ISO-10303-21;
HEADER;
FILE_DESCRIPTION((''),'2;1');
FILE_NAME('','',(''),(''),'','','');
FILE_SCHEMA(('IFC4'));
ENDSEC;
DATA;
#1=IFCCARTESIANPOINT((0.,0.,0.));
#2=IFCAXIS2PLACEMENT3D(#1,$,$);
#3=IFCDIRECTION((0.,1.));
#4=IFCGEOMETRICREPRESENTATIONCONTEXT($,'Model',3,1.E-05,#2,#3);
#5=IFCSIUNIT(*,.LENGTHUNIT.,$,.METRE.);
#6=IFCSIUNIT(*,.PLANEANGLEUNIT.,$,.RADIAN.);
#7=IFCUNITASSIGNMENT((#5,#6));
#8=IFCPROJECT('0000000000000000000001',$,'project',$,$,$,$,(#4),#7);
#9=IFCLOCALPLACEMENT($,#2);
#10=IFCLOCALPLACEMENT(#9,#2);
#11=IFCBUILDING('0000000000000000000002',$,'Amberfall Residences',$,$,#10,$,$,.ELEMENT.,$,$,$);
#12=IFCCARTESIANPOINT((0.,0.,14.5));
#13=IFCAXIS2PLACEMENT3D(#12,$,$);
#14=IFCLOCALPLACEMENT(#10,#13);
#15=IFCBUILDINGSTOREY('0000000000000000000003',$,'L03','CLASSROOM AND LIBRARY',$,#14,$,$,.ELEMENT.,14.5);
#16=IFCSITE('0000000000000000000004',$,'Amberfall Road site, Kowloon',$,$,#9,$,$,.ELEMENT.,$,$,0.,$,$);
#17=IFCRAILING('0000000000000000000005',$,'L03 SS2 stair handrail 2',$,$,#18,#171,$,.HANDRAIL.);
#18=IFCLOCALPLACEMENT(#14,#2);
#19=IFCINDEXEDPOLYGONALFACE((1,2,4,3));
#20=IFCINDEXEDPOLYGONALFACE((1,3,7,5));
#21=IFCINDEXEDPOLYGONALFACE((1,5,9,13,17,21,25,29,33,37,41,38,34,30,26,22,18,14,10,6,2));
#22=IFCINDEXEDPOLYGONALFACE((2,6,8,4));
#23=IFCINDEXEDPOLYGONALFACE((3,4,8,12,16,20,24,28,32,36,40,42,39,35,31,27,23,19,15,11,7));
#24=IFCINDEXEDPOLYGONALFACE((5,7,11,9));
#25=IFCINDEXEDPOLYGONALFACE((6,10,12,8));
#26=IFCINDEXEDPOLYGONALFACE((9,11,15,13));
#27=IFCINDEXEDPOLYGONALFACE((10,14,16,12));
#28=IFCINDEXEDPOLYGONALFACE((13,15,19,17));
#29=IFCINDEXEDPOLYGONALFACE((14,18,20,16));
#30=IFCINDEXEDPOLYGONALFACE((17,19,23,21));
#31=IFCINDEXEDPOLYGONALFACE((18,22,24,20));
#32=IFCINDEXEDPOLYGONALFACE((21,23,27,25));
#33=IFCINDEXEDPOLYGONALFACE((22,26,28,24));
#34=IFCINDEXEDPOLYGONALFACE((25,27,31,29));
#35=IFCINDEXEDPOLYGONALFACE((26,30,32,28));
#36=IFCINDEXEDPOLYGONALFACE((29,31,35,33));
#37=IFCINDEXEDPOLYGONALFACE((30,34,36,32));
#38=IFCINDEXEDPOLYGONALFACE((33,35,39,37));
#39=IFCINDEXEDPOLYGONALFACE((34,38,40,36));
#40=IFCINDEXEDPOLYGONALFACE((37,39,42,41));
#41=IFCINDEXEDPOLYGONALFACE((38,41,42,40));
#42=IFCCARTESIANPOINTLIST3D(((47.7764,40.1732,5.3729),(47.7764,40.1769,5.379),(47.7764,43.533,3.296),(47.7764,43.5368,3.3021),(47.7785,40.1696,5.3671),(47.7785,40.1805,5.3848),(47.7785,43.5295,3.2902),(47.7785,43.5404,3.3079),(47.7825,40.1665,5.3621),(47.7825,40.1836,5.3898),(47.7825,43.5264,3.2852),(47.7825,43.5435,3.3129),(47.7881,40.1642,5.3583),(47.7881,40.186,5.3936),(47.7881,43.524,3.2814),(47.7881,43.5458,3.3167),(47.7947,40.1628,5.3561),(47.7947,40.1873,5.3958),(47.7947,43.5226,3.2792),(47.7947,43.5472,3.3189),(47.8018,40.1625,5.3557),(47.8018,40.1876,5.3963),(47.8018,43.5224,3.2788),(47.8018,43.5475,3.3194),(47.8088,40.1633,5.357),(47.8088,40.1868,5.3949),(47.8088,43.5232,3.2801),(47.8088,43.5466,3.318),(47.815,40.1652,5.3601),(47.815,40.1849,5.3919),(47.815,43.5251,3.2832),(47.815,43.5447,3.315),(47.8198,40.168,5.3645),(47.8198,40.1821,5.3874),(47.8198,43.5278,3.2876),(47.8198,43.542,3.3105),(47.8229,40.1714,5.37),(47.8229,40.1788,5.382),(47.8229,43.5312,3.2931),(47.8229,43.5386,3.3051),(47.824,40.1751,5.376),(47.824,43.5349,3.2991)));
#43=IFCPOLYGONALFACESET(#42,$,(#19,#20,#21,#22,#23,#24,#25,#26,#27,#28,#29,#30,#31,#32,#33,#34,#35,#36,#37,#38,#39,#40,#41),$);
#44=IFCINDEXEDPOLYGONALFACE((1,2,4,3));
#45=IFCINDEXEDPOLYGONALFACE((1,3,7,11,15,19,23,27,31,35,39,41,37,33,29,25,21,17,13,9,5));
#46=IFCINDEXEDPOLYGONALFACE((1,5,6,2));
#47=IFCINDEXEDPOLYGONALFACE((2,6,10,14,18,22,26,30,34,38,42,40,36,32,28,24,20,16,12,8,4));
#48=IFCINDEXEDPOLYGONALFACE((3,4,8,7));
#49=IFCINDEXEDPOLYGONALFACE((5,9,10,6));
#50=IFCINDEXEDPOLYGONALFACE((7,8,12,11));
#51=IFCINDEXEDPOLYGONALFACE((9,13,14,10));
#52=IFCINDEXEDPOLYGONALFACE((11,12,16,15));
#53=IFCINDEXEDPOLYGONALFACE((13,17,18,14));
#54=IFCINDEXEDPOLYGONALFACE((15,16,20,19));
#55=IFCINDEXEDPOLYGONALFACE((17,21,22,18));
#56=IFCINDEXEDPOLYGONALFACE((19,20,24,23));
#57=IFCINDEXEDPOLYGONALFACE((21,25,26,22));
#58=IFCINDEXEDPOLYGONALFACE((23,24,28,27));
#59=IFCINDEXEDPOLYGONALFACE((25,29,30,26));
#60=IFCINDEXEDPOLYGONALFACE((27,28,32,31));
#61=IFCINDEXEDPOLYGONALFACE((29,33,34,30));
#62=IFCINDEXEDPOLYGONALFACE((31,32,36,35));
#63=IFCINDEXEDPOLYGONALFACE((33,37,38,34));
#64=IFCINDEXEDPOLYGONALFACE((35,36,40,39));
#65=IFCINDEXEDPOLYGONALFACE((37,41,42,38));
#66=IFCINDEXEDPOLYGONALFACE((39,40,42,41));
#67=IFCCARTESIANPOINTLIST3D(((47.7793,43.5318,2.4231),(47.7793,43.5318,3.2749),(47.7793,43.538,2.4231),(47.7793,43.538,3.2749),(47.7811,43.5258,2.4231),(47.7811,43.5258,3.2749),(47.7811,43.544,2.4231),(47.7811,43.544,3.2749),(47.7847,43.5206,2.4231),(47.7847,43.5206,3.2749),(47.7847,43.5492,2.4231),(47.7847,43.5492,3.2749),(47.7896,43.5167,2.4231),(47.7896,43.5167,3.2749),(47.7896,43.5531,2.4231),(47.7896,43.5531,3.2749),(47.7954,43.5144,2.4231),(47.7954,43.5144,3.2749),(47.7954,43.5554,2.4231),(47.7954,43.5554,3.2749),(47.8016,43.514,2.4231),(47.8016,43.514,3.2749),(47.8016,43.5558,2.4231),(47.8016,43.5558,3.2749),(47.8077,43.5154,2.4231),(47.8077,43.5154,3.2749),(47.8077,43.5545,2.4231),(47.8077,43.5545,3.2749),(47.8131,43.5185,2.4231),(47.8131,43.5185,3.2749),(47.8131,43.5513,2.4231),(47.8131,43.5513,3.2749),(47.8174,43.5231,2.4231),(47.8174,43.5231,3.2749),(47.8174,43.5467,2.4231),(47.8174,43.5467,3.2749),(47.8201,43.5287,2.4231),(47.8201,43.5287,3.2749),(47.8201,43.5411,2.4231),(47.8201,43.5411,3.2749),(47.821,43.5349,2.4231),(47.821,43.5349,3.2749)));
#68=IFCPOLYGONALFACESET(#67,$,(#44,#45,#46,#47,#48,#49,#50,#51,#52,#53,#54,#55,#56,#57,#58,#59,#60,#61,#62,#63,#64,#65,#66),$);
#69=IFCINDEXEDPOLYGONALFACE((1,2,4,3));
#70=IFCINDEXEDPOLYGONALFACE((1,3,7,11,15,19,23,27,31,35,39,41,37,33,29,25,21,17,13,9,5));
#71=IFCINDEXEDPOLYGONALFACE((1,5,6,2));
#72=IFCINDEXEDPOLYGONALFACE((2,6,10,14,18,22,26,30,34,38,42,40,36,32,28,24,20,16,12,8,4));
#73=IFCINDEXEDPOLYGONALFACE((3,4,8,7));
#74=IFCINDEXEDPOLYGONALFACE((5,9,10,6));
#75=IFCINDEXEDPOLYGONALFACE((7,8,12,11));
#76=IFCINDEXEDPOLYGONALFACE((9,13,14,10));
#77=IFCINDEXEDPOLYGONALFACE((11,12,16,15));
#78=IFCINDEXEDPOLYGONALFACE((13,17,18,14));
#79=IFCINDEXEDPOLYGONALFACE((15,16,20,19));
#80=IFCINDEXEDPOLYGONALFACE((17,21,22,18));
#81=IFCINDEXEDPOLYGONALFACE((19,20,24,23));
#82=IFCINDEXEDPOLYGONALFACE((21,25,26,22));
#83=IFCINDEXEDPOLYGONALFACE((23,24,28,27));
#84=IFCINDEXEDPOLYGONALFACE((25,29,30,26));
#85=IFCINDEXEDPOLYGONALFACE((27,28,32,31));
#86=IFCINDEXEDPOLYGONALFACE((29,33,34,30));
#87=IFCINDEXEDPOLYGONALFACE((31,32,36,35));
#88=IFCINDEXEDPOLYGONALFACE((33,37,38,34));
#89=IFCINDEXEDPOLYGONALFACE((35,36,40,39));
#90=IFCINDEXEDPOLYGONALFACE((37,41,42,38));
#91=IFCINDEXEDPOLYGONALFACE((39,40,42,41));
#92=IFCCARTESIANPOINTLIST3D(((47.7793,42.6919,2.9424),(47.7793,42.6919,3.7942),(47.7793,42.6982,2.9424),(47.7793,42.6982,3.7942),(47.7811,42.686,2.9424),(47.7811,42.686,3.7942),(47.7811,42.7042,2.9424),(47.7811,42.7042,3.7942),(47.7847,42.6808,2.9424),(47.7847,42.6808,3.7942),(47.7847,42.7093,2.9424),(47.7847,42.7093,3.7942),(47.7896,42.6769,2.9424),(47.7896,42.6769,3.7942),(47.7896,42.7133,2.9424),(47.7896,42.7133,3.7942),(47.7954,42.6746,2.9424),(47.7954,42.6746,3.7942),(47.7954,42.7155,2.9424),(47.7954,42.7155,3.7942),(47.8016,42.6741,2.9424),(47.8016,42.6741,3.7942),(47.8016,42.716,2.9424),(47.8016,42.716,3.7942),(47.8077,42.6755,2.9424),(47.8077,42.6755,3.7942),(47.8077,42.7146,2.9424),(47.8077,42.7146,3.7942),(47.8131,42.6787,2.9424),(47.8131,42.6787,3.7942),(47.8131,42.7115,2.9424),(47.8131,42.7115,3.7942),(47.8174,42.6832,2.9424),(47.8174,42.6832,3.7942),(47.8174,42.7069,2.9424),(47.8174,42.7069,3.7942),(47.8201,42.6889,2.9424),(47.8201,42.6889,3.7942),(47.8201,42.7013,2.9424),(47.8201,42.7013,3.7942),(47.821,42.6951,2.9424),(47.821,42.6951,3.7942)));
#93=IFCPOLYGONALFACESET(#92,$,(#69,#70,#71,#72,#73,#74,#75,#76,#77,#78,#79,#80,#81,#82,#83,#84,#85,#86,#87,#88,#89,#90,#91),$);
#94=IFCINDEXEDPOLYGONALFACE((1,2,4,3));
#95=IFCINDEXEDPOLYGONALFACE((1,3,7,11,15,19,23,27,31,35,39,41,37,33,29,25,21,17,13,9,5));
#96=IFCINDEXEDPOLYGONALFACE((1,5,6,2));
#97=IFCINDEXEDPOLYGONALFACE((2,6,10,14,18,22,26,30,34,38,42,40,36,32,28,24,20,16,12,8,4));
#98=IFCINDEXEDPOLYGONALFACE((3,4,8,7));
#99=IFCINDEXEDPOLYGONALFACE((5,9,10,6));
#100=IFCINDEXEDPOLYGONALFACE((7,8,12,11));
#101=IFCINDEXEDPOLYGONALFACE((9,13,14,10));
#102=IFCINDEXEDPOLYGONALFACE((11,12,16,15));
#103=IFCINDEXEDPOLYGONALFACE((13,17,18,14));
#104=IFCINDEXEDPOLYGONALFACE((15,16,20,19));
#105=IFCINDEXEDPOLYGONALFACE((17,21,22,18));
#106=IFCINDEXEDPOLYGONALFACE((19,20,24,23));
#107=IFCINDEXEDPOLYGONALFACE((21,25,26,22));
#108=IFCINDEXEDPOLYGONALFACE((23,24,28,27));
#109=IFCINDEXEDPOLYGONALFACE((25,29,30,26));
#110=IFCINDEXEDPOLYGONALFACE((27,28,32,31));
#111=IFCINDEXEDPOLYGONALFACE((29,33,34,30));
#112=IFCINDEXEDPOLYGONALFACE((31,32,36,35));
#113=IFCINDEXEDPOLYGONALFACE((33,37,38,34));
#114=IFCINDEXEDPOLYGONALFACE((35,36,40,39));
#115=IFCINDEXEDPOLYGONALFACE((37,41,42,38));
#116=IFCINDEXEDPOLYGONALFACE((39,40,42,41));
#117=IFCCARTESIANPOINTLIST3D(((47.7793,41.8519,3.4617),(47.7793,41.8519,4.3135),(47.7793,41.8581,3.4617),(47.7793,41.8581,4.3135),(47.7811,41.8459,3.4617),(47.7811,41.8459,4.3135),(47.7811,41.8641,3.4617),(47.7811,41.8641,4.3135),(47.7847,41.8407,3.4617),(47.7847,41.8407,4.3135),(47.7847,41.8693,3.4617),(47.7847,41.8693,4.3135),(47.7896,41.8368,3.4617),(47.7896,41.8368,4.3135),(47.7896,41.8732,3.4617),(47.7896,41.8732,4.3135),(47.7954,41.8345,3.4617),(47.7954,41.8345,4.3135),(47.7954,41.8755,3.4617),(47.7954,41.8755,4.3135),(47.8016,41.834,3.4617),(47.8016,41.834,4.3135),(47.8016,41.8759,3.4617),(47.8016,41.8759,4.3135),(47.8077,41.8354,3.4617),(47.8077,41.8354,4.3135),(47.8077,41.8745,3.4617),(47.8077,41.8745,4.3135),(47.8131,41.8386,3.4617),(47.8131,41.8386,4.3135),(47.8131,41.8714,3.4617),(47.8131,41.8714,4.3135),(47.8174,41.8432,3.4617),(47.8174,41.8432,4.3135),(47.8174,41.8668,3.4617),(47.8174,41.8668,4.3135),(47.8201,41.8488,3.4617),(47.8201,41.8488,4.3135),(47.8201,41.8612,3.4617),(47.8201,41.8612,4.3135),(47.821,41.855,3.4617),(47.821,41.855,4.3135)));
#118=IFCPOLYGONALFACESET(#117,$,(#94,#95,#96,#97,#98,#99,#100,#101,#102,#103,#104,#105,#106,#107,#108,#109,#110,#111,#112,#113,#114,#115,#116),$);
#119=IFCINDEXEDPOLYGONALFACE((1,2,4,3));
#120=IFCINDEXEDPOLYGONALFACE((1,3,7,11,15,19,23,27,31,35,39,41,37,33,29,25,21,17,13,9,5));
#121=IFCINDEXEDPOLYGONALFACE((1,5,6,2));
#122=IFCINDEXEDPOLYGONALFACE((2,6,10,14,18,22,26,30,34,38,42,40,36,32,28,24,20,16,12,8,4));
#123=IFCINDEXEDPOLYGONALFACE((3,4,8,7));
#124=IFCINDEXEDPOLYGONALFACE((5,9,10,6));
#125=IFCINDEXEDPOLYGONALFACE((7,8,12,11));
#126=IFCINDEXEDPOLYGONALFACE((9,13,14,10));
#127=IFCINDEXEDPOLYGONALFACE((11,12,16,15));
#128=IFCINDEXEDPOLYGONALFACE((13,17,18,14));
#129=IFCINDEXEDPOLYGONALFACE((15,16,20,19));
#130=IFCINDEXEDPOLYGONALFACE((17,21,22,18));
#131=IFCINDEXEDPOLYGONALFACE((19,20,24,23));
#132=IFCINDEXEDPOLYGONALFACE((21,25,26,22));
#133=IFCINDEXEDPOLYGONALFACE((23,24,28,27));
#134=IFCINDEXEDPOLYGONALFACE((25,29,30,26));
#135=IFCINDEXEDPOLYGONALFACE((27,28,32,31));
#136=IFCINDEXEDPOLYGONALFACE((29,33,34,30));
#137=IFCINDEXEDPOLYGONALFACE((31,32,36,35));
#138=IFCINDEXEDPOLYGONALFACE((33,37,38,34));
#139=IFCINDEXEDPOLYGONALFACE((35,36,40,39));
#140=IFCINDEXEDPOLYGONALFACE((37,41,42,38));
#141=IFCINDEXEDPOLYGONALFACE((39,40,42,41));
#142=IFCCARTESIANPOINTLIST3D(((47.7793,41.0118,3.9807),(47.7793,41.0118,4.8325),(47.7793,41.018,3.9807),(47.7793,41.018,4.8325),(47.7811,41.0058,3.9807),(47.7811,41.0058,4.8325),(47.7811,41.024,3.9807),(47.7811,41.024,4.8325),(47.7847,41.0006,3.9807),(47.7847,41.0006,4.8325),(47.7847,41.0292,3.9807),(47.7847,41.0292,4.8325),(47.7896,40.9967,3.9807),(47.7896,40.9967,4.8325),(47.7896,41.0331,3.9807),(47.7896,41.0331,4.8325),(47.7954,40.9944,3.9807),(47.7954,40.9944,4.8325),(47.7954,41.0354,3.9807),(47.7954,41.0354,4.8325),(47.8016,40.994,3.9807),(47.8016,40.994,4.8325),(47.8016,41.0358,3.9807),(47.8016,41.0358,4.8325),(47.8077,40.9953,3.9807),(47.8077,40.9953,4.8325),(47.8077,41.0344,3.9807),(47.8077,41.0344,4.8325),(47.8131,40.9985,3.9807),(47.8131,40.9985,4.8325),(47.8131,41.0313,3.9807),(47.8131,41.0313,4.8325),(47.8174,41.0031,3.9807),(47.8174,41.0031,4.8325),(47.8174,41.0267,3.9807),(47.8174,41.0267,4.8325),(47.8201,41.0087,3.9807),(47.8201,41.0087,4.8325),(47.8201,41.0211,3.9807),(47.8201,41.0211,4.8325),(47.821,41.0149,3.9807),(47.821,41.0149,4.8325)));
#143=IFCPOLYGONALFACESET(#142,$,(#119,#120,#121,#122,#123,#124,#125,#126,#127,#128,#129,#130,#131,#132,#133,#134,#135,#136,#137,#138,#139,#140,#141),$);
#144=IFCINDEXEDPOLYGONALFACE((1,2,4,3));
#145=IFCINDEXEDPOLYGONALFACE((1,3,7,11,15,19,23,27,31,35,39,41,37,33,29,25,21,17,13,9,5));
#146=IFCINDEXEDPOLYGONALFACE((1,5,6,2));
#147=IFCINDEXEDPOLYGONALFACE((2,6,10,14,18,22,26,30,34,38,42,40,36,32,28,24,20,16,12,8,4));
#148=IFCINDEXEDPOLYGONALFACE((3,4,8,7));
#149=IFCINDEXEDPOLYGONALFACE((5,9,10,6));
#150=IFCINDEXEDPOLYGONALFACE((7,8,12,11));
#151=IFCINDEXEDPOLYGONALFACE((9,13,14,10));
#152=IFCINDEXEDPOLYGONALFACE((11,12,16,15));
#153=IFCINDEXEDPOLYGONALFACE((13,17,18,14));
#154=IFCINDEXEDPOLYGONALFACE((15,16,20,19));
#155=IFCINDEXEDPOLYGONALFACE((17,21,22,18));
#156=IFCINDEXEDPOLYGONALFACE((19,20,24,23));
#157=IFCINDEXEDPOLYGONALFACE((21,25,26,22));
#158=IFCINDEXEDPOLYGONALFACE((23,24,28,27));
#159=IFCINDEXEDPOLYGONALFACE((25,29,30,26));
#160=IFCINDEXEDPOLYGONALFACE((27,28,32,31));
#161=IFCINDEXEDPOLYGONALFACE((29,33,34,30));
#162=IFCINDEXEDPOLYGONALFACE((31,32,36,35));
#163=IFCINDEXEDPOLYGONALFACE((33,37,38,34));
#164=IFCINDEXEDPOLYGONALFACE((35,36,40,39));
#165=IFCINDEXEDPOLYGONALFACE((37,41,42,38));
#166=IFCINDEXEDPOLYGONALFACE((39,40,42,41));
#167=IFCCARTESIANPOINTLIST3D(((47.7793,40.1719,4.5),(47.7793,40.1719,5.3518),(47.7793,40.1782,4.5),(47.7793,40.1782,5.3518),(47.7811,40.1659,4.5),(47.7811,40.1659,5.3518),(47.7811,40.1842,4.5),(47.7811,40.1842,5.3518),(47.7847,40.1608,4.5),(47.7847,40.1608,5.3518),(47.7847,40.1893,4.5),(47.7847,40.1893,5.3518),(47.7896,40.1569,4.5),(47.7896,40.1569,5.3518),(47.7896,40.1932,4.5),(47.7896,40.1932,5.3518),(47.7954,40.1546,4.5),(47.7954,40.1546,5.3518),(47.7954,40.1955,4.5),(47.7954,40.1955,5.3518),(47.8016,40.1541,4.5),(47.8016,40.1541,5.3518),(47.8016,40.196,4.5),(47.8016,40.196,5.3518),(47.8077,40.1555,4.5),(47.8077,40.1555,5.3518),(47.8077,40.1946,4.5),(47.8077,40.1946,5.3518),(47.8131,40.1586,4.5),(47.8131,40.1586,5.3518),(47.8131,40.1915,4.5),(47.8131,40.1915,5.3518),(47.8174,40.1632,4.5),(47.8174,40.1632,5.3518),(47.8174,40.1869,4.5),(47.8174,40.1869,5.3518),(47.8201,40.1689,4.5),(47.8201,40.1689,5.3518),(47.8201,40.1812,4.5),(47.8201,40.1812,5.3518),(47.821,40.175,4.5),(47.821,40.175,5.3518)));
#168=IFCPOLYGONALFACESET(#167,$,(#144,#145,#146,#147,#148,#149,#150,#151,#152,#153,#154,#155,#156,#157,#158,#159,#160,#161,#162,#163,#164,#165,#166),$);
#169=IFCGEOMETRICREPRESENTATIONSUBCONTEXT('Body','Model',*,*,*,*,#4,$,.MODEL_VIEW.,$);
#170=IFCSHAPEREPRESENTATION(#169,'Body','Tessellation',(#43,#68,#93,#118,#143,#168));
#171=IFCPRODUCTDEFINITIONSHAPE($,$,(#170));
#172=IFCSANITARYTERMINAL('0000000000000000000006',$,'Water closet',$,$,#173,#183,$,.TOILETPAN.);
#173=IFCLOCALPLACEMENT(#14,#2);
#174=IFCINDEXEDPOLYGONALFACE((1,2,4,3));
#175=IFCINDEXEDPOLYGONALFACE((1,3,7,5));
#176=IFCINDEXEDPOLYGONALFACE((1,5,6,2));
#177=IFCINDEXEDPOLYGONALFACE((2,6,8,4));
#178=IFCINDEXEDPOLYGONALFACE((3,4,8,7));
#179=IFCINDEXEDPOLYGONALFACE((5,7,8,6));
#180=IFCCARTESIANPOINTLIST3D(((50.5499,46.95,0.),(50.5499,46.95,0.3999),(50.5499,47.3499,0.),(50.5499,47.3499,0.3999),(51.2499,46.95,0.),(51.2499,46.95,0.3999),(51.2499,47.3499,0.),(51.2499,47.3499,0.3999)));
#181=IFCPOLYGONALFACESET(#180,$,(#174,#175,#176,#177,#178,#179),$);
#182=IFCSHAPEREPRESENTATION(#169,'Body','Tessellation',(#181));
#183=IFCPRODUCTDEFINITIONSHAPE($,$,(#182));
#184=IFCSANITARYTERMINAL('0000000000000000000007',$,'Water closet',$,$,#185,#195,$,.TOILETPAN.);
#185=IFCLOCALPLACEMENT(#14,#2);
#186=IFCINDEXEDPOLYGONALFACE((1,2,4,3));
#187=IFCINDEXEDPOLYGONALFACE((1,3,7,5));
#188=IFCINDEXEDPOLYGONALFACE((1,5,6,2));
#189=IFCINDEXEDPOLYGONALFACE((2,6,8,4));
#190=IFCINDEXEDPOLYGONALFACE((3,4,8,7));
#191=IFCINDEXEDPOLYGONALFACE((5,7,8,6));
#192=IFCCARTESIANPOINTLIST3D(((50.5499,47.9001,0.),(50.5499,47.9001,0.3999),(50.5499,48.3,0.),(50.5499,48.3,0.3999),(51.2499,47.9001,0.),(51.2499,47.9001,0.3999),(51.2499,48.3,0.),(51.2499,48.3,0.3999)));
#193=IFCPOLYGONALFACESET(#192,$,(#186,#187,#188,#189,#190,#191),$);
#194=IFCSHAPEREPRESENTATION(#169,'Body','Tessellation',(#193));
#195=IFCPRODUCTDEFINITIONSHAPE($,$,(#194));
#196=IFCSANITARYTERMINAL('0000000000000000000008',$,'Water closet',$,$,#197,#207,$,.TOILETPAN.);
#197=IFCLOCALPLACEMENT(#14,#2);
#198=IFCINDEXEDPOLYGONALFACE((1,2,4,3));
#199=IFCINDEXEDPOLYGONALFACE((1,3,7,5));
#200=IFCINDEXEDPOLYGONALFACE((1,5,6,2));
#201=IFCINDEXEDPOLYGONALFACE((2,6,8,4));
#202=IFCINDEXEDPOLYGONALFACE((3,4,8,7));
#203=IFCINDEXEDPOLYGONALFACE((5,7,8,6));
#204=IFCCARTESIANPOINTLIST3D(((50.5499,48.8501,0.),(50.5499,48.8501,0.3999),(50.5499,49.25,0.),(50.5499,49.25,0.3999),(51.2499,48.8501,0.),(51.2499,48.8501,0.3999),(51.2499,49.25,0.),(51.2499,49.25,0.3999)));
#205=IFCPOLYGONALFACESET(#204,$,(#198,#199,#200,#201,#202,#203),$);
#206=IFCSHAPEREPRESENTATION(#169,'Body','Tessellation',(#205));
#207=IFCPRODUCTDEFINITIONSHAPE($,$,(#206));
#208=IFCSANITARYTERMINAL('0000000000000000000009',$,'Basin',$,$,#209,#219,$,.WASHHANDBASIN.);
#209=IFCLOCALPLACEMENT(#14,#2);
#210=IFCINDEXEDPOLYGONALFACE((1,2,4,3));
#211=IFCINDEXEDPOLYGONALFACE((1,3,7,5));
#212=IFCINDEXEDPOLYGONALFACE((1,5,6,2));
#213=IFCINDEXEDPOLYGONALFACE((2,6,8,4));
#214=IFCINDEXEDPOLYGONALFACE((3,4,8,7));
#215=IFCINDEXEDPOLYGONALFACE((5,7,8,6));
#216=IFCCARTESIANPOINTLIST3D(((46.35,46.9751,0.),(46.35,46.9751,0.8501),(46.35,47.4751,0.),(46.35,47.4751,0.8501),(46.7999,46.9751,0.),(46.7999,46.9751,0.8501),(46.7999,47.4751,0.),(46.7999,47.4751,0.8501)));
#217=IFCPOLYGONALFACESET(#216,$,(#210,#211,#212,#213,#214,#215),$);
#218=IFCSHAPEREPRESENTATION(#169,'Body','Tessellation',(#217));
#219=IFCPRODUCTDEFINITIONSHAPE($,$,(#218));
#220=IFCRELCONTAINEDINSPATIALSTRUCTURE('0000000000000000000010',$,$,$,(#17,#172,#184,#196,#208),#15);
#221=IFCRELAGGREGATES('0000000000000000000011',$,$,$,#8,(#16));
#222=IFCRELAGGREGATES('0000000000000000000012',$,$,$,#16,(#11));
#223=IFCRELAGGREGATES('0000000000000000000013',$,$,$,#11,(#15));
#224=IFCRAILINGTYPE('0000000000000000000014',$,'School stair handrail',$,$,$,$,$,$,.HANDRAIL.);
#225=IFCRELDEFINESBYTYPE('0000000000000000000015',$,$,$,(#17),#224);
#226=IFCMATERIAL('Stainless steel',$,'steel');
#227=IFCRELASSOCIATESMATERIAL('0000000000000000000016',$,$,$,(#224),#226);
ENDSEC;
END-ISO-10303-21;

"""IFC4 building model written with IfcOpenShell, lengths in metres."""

from ifc_helpers import new_model, si_unit, direction, frame, origin, origin_2d, place, context, subcontext, project, spatial, rectangle, circle, extrude, material, type_object, element, save


model = new_model("IFC4")

# Units and contexts
model_context = context("Model", 3, precision=1e-05, world=origin(), true_north=direction((0.0, 1.0)))
body_context = subcontext(model_context, "Body", "Model", "MODEL_VIEW")
ifc_project = project(units=[si_unit("LENGTHUNIT", "METRE"), si_unit("PLANEANGLEUNIT", "RADIAN")], contexts=[model_context])

# Site, building, storey
site_placement = place(None, origin())
site = spatial("IfcSite", under=ifc_project, at=site_placement, Name="Amberfall Road site, Kowloon", CompositionType="ELEMENT", RefElevation=0.0)
building_placement = place(site_placement, origin())
building = spatial("IfcBuilding", under=site, at=building_placement, Name="Amberfall Residences", CompositionType="ELEMENT")
storey_placement = place(building_placement, frame((0.0, 0.0, 14.5)))
storey = spatial("IfcBuildingStorey", under=building, at=storey_placement, Name="L03", Description="CLASSROOM AND LIBRARY", CompositionType="ELEMENT", Elevation=14.5)

# Railing
ifc_material_1 = material(Name="Stainless steel", Category="steel")
railing_type_1 = type_object("IfcRailingType", Name="School stair handrail", PredefinedType="HANDRAIL", material=ifc_material_1)
railing_1_placement = place(storey_placement, frame((47.8, 43.5349, 2.4231)))
element("IfcRailing", 1, at=railing_1_placement, inside=storey, type_object=railing_type_1, Name="L03 SS2 stair handrail 2", PredefinedType="HANDRAIL", context=body_context, shape_type="SweptSolid", body=[
    extrude(circle(Radius=0.0239, at=origin_2d()), frame((0.0, 0.0, 0.876), z_axis=(0.0, -0.850606, 0.525803), x_axis=(1.0, 0.0, 0.0)), (0.0, 0.0, 1.0), 3.95),
    extrude(circle(Radius=0.021, at=origin_2d()), origin(), (0.0, 0.0, 1.0), 0.8518),
    extrude(circle(Radius=0.021, at=origin_2d()), frame((0.0, -0.8398, 0.5193)), (0.0, 0.0, 1.0), 0.8518),
    extrude(circle(Radius=0.021, at=origin_2d()), frame((0.0, -1.6799, 1.0386)), (0.0, 0.0, 1.0), 0.8518),
    extrude(circle(Radius=0.021, at=origin_2d()), frame((0.0, -2.52, 1.5576)), (0.0, 0.0, 1.0), 0.8518),
    extrude(circle(Radius=0.021, at=origin_2d()), frame((0.0, -3.3599, 2.0769)), (0.0, 0.0, 1.0), 0.8518),
])

# Sanitary terminals
for number, where, z_axis, x_axis, name in (
    (2, (50.8999, 47.1499, 0.0), (0.0, 0.0, 1.0), (1.0, 0.0, 0.0), "Water closet"),
    (3, (50.8999, 48.1001, 0.0), (0.0, 0.0, 1.0), (1.0, 0.0, 0.0), "Water closet"),
    (4, (50.8999, 49.05, 0.0), (0.0, 0.0, 1.0), (1.0, 0.0, 0.0), "Water closet"),
):
    element("IfcSanitaryTerminal", number, at=place(storey_placement, frame(where, z_axis=z_axis, x_axis=x_axis)), inside=storey, Name=name, PredefinedType="TOILETPAN", context=body_context, shape_type="SweptSolid", body=[
        extrude(rectangle(XDim=0.7, YDim=0.3999, at=origin_2d()), origin(), (0.0, 0.0, 1.0), 0.3999),
    ])
sanitary_terminal_placement = place(storey_placement, frame((46.575, 47.2251, 0.0), z_axis=(0.0, 0.0, 1.0), x_axis=(1.0, 0.0, 0.0)))
element("IfcSanitaryTerminal", 5, at=sanitary_terminal_placement, inside=storey, Name="Basin", PredefinedType="WASHHANDBASIN", context=body_context, shape_type="SweptSolid", body=[
    extrude(rectangle(XDim=0.45, YDim=0.5, at=origin_2d()), origin(), (0.0, 0.0, 1.0), 0.8501),
])

save(model, "model.ifc")
